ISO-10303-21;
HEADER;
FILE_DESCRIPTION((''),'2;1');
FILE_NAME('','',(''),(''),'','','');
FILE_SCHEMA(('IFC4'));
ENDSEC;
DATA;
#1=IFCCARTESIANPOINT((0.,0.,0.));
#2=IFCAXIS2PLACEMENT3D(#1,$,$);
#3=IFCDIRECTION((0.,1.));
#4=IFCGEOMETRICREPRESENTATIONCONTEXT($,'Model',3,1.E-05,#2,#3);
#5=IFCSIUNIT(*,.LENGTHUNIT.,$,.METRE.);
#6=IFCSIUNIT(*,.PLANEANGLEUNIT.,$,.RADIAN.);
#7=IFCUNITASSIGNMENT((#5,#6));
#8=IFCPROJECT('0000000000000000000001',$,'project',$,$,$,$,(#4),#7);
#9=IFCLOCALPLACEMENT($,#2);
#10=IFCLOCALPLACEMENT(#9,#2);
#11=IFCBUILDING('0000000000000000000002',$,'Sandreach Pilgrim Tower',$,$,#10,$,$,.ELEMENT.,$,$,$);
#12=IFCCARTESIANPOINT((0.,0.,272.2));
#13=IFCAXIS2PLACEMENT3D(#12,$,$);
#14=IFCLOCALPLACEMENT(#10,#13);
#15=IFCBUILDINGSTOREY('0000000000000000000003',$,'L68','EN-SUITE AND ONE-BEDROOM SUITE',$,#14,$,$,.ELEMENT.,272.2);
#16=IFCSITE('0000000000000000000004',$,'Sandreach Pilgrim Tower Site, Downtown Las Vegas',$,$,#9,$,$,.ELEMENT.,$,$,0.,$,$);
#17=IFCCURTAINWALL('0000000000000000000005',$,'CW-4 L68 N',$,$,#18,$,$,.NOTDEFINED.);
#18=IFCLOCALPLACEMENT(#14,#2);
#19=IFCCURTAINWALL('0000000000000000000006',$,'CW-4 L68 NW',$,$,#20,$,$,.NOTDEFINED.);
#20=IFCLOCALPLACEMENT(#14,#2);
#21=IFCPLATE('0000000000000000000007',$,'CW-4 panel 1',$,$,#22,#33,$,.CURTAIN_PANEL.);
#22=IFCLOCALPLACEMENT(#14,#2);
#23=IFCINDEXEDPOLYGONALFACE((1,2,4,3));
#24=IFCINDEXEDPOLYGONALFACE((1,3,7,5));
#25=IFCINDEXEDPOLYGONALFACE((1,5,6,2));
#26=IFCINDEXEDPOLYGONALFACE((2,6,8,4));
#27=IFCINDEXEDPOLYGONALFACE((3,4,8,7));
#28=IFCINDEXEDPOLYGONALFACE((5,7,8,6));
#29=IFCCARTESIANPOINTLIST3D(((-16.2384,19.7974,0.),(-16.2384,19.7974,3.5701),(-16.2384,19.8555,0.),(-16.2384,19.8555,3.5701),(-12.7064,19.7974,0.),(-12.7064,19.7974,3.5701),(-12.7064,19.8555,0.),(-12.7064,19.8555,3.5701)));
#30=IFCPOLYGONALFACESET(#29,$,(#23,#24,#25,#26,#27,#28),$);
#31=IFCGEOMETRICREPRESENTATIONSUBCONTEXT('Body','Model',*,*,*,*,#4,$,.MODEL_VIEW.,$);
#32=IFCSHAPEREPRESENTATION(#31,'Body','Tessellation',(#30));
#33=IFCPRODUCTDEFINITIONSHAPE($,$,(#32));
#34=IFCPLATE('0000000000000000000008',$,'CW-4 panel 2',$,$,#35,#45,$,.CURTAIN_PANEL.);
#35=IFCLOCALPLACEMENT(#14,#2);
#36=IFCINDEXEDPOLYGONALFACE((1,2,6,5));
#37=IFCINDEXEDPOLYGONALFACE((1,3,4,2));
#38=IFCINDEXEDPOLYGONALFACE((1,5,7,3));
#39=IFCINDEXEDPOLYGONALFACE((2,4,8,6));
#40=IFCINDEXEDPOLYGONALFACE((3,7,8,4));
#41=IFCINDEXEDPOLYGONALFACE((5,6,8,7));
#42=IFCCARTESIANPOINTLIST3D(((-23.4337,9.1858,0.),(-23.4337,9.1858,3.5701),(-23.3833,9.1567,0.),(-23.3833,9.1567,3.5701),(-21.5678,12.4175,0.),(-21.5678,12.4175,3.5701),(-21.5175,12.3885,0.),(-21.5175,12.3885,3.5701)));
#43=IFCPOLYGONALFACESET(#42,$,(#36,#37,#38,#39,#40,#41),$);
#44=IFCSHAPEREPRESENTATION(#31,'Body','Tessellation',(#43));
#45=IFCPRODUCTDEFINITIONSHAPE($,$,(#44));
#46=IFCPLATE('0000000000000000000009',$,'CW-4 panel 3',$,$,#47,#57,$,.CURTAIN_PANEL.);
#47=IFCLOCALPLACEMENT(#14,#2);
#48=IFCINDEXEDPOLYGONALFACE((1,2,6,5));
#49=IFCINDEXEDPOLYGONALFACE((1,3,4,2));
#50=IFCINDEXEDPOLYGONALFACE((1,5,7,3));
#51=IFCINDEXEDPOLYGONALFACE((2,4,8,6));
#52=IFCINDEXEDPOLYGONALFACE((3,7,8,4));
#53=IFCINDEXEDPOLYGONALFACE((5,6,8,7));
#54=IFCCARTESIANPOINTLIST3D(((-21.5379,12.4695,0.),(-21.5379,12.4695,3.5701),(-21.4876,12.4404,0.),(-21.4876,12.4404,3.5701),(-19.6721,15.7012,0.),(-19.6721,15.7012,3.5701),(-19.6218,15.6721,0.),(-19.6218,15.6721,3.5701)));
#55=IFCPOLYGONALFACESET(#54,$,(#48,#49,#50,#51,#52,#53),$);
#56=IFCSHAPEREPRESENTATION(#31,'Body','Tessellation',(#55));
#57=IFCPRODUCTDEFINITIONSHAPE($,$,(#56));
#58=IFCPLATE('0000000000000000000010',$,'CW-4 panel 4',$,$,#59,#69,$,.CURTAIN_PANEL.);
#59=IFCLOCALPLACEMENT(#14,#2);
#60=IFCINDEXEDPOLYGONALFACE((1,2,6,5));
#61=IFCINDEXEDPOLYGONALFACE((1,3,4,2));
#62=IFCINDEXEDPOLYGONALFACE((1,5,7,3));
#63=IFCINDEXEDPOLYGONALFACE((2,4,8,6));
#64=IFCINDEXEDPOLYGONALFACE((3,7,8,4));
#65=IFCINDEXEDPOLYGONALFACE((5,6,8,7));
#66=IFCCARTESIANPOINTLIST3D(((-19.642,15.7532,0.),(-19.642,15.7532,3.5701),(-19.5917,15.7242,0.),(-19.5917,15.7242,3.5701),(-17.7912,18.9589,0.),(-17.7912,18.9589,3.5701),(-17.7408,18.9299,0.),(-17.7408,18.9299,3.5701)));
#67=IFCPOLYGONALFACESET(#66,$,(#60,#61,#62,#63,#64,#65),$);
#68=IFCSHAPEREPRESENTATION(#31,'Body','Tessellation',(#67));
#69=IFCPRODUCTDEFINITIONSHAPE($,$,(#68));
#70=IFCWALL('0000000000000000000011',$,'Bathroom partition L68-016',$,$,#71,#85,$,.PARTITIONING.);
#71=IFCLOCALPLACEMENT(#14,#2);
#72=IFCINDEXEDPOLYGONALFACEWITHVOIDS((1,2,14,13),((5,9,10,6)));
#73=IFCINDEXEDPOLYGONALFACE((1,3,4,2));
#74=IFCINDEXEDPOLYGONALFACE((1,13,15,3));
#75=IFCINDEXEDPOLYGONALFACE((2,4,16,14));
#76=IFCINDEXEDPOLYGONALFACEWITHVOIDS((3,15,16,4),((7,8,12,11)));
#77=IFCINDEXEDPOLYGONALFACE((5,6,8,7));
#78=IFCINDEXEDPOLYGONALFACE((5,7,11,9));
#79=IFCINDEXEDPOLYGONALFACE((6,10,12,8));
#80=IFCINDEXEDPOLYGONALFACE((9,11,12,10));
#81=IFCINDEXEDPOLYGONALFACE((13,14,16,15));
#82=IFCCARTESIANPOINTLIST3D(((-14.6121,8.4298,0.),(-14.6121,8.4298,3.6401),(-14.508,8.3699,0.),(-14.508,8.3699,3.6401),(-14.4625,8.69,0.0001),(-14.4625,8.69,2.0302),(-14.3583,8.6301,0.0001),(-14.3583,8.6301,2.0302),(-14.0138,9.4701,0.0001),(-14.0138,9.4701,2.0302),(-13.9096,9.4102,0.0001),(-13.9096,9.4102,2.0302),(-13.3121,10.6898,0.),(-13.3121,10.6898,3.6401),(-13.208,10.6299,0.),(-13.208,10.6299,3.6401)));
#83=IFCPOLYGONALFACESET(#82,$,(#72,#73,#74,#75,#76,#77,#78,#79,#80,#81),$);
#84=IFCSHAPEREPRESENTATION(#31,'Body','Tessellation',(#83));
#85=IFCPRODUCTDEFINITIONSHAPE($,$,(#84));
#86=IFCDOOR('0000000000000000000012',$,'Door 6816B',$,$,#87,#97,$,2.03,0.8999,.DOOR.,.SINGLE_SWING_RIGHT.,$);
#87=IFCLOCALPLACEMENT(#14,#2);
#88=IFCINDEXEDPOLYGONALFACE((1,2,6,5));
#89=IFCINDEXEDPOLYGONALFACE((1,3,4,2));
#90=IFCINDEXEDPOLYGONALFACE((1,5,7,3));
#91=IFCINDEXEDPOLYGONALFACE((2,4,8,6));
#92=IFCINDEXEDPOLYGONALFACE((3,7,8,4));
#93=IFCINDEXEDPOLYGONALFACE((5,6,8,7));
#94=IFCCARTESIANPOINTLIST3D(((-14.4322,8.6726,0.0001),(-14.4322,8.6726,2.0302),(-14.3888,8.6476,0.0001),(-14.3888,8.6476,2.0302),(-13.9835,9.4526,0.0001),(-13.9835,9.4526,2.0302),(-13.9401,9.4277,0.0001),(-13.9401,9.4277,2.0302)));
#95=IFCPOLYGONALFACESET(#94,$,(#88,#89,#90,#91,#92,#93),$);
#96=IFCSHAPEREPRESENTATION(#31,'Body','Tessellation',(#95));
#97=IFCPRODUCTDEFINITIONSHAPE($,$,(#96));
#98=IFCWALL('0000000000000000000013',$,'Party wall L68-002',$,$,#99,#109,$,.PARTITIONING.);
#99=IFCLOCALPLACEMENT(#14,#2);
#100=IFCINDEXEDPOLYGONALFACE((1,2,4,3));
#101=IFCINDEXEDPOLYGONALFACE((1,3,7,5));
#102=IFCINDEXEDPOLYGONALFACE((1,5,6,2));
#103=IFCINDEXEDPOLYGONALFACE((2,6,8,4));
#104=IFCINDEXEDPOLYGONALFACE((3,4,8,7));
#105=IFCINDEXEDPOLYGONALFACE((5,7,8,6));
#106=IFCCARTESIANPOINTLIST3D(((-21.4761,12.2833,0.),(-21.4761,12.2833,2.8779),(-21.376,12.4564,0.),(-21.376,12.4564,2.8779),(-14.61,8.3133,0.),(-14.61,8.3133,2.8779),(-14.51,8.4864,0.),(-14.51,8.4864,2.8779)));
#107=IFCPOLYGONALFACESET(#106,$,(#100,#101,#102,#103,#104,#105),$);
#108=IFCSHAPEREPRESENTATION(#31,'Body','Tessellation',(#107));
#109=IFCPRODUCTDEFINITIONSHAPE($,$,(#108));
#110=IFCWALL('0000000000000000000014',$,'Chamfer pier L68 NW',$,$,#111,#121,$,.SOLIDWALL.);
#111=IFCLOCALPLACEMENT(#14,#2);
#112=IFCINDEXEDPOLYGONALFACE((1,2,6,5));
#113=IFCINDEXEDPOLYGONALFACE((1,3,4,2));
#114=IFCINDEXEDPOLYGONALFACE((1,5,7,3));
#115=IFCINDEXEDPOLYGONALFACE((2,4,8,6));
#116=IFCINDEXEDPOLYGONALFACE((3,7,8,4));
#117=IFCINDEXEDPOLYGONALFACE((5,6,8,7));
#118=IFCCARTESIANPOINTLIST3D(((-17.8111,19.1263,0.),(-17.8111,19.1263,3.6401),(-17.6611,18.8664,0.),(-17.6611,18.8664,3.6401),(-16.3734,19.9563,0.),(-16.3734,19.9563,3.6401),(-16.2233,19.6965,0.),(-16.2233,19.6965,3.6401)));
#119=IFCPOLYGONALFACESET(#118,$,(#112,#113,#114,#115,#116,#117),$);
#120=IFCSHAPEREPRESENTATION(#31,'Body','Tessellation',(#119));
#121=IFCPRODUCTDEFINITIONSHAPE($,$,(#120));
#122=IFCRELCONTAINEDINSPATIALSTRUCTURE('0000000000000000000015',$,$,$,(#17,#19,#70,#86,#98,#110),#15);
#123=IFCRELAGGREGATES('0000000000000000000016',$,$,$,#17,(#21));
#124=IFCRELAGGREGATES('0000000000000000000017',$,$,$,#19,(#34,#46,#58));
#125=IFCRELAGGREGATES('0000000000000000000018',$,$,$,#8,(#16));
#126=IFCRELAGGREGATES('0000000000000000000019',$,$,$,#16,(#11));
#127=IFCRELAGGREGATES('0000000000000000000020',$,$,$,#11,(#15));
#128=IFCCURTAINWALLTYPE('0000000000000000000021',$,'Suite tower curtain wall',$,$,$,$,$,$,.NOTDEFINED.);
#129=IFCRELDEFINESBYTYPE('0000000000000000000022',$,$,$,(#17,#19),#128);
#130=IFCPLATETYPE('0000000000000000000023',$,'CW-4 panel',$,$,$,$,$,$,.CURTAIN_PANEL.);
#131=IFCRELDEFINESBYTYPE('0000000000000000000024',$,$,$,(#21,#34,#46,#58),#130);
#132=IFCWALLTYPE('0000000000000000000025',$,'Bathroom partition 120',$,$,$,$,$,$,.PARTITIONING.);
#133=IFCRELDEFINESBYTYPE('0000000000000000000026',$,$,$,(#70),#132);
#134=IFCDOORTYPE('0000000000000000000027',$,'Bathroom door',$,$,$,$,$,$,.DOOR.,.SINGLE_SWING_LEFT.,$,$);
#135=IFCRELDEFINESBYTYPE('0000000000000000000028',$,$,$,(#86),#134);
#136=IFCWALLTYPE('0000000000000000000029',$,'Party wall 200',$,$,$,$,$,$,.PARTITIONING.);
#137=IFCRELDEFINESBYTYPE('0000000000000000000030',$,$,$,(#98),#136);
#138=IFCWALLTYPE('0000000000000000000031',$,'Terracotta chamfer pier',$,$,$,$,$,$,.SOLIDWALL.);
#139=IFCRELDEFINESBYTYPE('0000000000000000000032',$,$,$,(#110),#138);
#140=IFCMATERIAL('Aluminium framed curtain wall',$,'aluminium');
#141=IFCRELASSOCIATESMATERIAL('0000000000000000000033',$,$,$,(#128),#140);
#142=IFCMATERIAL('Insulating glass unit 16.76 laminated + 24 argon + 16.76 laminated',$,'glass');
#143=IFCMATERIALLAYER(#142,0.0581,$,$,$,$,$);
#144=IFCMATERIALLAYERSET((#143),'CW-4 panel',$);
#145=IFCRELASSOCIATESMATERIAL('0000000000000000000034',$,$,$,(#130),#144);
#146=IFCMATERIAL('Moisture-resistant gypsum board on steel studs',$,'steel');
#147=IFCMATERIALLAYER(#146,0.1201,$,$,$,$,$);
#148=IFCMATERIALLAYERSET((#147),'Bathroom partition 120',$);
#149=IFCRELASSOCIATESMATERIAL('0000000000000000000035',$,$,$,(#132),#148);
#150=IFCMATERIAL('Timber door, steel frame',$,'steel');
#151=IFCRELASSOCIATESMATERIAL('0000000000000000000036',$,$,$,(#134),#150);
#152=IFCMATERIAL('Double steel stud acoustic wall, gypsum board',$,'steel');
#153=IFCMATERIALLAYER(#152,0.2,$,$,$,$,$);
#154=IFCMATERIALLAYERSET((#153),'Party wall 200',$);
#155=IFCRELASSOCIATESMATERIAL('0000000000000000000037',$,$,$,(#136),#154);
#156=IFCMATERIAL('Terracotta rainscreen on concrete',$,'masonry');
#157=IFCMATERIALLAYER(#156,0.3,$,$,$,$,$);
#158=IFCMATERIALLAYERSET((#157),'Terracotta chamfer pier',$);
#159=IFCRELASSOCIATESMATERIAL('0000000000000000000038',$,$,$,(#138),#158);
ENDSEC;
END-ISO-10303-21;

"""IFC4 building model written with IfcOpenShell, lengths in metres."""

from ifc_helpers import new_model, si_unit, direction, frame, frame_2d, origin, origin_2d, place, context, subcontext, project, spatial, rectangle, extrude, material, layer, layer_set, type_object, element, fill, aggregate, save


model = new_model("IFC4")

# Units and contexts
model_context = context("Model", 3, precision=1e-05, world=origin(), true_north=direction((0.0, 1.0)))
body_context = subcontext(model_context, "Body", "Model", "MODEL_VIEW")
ifc_project = project(units=[si_unit("LENGTHUNIT", "METRE"), si_unit("PLANEANGLEUNIT", "RADIAN")], contexts=[model_context])

# Site, building, storey
site_placement = place(None, origin())
site = spatial("IfcSite", under=ifc_project, at=site_placement, Name="Sandreach Pilgrim Tower Site, Downtown Las Vegas", CompositionType="ELEMENT", RefElevation=0.0)
building_placement = place(site_placement, origin())
building = spatial("IfcBuilding", under=site, at=building_placement, Name="Sandreach Pilgrim Tower", CompositionType="ELEMENT")
storey_placement = place(building_placement, frame((0.0, 0.0, 272.2)))
storey = spatial("IfcBuildingStorey", under=building, at=storey_placement, Name="L68", Description="EN-SUITE AND ONE-BEDROOM SUITE", CompositionType="ELEMENT", Elevation=272.2)

# Curtain walls
ifc_material_1 = material(Name="Aluminium framed curtain wall", Category="aluminium")
curtain_wall_type = type_object("IfcCurtainWallType", Name="Suite tower curtain wall", PredefinedType="NOTDEFINED", material=ifc_material_1)
curtain_wall_1_placement = place(storey_placement, origin())
curtain_wall_1 = element("IfcCurtainWall", 1, at=curtain_wall_1_placement, inside=storey, type_object=curtain_wall_type, Name="CW-4 L68 N", PredefinedType="NOTDEFINED")
curtain_wall_2_placement = place(storey_placement, origin())
curtain_wall_2 = element("IfcCurtainWall", 2, at=curtain_wall_2_placement, inside=storey, type_object=curtain_wall_type, Name="CW-4 L68 NW", PredefinedType="NOTDEFINED")

# Plates
ifc_material_2 = material(Name="Insulating glass unit 16.76 laminated + 24 argon + 16.76 laminated", Category="glass")
ifc_layer_1 = layer(ifc_material_2, 0.0581)
ifc_layer_set_1 = layer_set([ifc_layer_1], Name="CW-4 panel")
plate_type = type_object("IfcPlateType", Name="CW-4 panel", PredefinedType="CURTAIN_PANEL", material=ifc_layer_set_1)
plate_1_placement = place(storey_placement, frame((-14.4724, 19.8264, 0.0), z_axis=(0.0, 0.0, 1.0), x_axis=(1.0, 0.0, 0.0)))
plate_1 = element("IfcPlate", 3, at=plate_1_placement, type_object=plate_type, Name="CW-4 panel 1", PredefinedType="CURTAIN_PANEL", context=body_context, shape_type="SweptSolid", body=[
    extrude(rectangle(XDim=3.532, YDim=0.0581, at=origin_2d()), origin(), (0.0, 0.0, 1.0), 3.5701),
])
aggregate(curtain_wall_1, [plate_1])
plate_2_placement = place(storey_placement, frame((-22.4756, 10.7871, 0.0), z_axis=(0.0, 0.0, 1.0), x_axis=(0.5, 0.866025, 0.0)))
plate_2 = element("IfcPlate", 4, at=plate_2_placement, type_object=plate_type, Name="CW-4 panel 2", PredefinedType="CURTAIN_PANEL", context=body_context, shape_type="SweptSolid", body=[
    extrude(rectangle(XDim=3.7317, YDim=0.0581, at=origin_2d()), origin(), (0.0, 0.0, 1.0), 3.5701),
])
plate_3_placement = place(storey_placement, frame((-20.5798, 14.0708, 0.0), z_axis=(0.0, 0.0, 1.0), x_axis=(0.5, 0.866025, 0.0)))
plate_3 = element("IfcPlate", 5, at=plate_3_placement, type_object=plate_type, Name="CW-4 panel 3", PredefinedType="CURTAIN_PANEL", context=body_context, shape_type="SweptSolid", body=[
    extrude(rectangle(XDim=3.7317, YDim=0.0581, at=origin_2d()), origin(), (0.0, 0.0, 1.0), 3.5701),
])
plate_4_placement = place(storey_placement, frame((-18.6914, 17.3416, 0.0), z_axis=(0.0, 0.0, 1.0), x_axis=(0.5, 0.866025, 0.0)))
plate_4 = element("IfcPlate", 6, at=plate_4_placement, type_object=plate_type, Name="CW-4 panel 4", PredefinedType="CURTAIN_PANEL", context=body_context, shape_type="SweptSolid", body=[
    extrude(rectangle(XDim=3.7017, YDim=0.0581, at=origin_2d()), origin(), (0.0, 0.0, 1.0), 3.5701),
])
aggregate(curtain_wall_2, [plate_2, plate_3, plate_4])

# Wall, opening, door
ifc_material_3 = material(Name="Moisture-resistant gypsum board on steel studs", Category="steel")
ifc_layer_2 = layer(ifc_material_3, 0.1201)
ifc_layer_set_2 = layer_set([ifc_layer_2], Name="Bathroom partition 120")
wall_type_1 = type_object("IfcWallType", Name="Bathroom partition 120", PredefinedType="PARTITIONING", material=ifc_layer_set_2)
wall_1_placement = place(storey_placement, frame((-13.26, 10.6599, 0.0), z_axis=(0.0, 0.0, 1.0), x_axis=(-0.498628, -0.866816, 0.0)))
wall_1 = element("IfcWall", 7, at=wall_1_placement, inside=storey, type_object=wall_type_1, Name="Bathroom partition L68-016", PredefinedType="PARTITIONING", context=body_context, shape_type="SweptSolid", body=[
    extrude(rectangle(XDim=2.6072, YDim=0.1201, at=frame_2d((1.3037, 0.0))), origin(), (0.0, 0.0, 1.0), 3.6401),
])
opening_placement = place(wall_1_placement, frame((1.4072, 0.0, 0.0)))
opening = element("IfcOpeningElement", 8, at=opening_placement, cuts=wall_1, PredefinedType="OPENING", context=body_context, shape_type="SweptSolid", body=[
    extrude(rectangle(XDim=0.8999, YDim=2.03, at=frame_2d((0.45, 1.0151))), frame((0.0, 0.0601, 0.0), z_axis=(0.0, -1.0, 0.0), x_axis=(1.0, 0.0, 0.0)), (0.0, 0.0, 1.0), 0.1201),
])
ifc_material_4 = material(Name="Timber door, steel frame", Category="steel")
door_type = type_object("IfcDoorType", Name="Bathroom door", OperationType="SINGLE_SWING_LEFT", PredefinedType="DOOR", material=ifc_material_4)
door_placement = place(opening_placement, origin())
door = element("IfcDoor", 9, at=door_placement, inside=storey, type_object=door_type, Name="Door 6816B", OperationType="SINGLE_SWING_RIGHT", OverallHeight=2.03, OverallWidth=0.8999, PredefinedType="DOOR", context=body_context, shape_type="SweptSolid", body=[
    extrude(rectangle(XDim=0.8999, YDim=2.03, at=frame_2d((0.45, 1.0151))), frame((0.0, 0.0249, 0.0), z_axis=(0.0, -1.0, 0.0), x_axis=(1.0, 0.0, 0.0)), (0.0, 0.0, 1.0), 0.05),
])
fill(opening, door)

# Walls
ifc_material_5 = material(Name="Double steel stud acoustic wall, gypsum board", Category="steel")
ifc_layer_3 = layer(ifc_material_5, 0.2)
ifc_layer_set_3 = layer_set([ifc_layer_3], Name="Party wall 200")
wall_type_2 = type_object("IfcWallType", Name="Party wall 200", PredefinedType="PARTITIONING", material=ifc_layer_set_3)
wall_2_placement = place(storey_placement, frame((-21.426, 12.3699, 0.0), z_axis=(0.0, 0.0, 1.0), x_axis=(0.865703, -0.500558, 0.0)))
element("IfcWall", 10, at=wall_2_placement, inside=storey, type_object=wall_type_2, Name="Party wall L68-002", PredefinedType="PARTITIONING", context=body_context, shape_type="SweptSolid", body=[
    extrude(rectangle(XDim=7.9312, YDim=0.2, at=frame_2d((3.9656, 0.0))), origin(), (0.0, 0.0, 1.0), 2.8779),
])
ifc_material_6 = material(Name="Terracotta rainscreen on concrete", Category="masonry")
ifc_layer_4 = layer(ifc_material_6, 0.3)
ifc_layer_set_4 = layer_set([ifc_layer_4], Name="Terracotta chamfer pier")
wall_type_3 = type_object("IfcWallType", Name="Terracotta chamfer pier", PredefinedType="SOLIDWALL", material=ifc_layer_set_4)
wall_3_placement = place(storey_placement, frame((-17.7361, 18.9963, 0.0), z_axis=(0.0, 0.0, 1.0), x_axis=(0.866026, 0.499998, 0.0)))
element("IfcWall", 11, at=wall_3_placement, inside=storey, type_object=wall_type_3, Name="Chamfer pier L68 NW", PredefinedType="SOLIDWALL", context=body_context, shape_type="SweptSolid", body=[
    extrude(rectangle(XDim=1.6602, YDim=0.3, at=frame_2d((0.8301, 0.0))), origin(), (0.0, 0.0, 1.0), 3.6401),
])

save(model, "model.ifc")
